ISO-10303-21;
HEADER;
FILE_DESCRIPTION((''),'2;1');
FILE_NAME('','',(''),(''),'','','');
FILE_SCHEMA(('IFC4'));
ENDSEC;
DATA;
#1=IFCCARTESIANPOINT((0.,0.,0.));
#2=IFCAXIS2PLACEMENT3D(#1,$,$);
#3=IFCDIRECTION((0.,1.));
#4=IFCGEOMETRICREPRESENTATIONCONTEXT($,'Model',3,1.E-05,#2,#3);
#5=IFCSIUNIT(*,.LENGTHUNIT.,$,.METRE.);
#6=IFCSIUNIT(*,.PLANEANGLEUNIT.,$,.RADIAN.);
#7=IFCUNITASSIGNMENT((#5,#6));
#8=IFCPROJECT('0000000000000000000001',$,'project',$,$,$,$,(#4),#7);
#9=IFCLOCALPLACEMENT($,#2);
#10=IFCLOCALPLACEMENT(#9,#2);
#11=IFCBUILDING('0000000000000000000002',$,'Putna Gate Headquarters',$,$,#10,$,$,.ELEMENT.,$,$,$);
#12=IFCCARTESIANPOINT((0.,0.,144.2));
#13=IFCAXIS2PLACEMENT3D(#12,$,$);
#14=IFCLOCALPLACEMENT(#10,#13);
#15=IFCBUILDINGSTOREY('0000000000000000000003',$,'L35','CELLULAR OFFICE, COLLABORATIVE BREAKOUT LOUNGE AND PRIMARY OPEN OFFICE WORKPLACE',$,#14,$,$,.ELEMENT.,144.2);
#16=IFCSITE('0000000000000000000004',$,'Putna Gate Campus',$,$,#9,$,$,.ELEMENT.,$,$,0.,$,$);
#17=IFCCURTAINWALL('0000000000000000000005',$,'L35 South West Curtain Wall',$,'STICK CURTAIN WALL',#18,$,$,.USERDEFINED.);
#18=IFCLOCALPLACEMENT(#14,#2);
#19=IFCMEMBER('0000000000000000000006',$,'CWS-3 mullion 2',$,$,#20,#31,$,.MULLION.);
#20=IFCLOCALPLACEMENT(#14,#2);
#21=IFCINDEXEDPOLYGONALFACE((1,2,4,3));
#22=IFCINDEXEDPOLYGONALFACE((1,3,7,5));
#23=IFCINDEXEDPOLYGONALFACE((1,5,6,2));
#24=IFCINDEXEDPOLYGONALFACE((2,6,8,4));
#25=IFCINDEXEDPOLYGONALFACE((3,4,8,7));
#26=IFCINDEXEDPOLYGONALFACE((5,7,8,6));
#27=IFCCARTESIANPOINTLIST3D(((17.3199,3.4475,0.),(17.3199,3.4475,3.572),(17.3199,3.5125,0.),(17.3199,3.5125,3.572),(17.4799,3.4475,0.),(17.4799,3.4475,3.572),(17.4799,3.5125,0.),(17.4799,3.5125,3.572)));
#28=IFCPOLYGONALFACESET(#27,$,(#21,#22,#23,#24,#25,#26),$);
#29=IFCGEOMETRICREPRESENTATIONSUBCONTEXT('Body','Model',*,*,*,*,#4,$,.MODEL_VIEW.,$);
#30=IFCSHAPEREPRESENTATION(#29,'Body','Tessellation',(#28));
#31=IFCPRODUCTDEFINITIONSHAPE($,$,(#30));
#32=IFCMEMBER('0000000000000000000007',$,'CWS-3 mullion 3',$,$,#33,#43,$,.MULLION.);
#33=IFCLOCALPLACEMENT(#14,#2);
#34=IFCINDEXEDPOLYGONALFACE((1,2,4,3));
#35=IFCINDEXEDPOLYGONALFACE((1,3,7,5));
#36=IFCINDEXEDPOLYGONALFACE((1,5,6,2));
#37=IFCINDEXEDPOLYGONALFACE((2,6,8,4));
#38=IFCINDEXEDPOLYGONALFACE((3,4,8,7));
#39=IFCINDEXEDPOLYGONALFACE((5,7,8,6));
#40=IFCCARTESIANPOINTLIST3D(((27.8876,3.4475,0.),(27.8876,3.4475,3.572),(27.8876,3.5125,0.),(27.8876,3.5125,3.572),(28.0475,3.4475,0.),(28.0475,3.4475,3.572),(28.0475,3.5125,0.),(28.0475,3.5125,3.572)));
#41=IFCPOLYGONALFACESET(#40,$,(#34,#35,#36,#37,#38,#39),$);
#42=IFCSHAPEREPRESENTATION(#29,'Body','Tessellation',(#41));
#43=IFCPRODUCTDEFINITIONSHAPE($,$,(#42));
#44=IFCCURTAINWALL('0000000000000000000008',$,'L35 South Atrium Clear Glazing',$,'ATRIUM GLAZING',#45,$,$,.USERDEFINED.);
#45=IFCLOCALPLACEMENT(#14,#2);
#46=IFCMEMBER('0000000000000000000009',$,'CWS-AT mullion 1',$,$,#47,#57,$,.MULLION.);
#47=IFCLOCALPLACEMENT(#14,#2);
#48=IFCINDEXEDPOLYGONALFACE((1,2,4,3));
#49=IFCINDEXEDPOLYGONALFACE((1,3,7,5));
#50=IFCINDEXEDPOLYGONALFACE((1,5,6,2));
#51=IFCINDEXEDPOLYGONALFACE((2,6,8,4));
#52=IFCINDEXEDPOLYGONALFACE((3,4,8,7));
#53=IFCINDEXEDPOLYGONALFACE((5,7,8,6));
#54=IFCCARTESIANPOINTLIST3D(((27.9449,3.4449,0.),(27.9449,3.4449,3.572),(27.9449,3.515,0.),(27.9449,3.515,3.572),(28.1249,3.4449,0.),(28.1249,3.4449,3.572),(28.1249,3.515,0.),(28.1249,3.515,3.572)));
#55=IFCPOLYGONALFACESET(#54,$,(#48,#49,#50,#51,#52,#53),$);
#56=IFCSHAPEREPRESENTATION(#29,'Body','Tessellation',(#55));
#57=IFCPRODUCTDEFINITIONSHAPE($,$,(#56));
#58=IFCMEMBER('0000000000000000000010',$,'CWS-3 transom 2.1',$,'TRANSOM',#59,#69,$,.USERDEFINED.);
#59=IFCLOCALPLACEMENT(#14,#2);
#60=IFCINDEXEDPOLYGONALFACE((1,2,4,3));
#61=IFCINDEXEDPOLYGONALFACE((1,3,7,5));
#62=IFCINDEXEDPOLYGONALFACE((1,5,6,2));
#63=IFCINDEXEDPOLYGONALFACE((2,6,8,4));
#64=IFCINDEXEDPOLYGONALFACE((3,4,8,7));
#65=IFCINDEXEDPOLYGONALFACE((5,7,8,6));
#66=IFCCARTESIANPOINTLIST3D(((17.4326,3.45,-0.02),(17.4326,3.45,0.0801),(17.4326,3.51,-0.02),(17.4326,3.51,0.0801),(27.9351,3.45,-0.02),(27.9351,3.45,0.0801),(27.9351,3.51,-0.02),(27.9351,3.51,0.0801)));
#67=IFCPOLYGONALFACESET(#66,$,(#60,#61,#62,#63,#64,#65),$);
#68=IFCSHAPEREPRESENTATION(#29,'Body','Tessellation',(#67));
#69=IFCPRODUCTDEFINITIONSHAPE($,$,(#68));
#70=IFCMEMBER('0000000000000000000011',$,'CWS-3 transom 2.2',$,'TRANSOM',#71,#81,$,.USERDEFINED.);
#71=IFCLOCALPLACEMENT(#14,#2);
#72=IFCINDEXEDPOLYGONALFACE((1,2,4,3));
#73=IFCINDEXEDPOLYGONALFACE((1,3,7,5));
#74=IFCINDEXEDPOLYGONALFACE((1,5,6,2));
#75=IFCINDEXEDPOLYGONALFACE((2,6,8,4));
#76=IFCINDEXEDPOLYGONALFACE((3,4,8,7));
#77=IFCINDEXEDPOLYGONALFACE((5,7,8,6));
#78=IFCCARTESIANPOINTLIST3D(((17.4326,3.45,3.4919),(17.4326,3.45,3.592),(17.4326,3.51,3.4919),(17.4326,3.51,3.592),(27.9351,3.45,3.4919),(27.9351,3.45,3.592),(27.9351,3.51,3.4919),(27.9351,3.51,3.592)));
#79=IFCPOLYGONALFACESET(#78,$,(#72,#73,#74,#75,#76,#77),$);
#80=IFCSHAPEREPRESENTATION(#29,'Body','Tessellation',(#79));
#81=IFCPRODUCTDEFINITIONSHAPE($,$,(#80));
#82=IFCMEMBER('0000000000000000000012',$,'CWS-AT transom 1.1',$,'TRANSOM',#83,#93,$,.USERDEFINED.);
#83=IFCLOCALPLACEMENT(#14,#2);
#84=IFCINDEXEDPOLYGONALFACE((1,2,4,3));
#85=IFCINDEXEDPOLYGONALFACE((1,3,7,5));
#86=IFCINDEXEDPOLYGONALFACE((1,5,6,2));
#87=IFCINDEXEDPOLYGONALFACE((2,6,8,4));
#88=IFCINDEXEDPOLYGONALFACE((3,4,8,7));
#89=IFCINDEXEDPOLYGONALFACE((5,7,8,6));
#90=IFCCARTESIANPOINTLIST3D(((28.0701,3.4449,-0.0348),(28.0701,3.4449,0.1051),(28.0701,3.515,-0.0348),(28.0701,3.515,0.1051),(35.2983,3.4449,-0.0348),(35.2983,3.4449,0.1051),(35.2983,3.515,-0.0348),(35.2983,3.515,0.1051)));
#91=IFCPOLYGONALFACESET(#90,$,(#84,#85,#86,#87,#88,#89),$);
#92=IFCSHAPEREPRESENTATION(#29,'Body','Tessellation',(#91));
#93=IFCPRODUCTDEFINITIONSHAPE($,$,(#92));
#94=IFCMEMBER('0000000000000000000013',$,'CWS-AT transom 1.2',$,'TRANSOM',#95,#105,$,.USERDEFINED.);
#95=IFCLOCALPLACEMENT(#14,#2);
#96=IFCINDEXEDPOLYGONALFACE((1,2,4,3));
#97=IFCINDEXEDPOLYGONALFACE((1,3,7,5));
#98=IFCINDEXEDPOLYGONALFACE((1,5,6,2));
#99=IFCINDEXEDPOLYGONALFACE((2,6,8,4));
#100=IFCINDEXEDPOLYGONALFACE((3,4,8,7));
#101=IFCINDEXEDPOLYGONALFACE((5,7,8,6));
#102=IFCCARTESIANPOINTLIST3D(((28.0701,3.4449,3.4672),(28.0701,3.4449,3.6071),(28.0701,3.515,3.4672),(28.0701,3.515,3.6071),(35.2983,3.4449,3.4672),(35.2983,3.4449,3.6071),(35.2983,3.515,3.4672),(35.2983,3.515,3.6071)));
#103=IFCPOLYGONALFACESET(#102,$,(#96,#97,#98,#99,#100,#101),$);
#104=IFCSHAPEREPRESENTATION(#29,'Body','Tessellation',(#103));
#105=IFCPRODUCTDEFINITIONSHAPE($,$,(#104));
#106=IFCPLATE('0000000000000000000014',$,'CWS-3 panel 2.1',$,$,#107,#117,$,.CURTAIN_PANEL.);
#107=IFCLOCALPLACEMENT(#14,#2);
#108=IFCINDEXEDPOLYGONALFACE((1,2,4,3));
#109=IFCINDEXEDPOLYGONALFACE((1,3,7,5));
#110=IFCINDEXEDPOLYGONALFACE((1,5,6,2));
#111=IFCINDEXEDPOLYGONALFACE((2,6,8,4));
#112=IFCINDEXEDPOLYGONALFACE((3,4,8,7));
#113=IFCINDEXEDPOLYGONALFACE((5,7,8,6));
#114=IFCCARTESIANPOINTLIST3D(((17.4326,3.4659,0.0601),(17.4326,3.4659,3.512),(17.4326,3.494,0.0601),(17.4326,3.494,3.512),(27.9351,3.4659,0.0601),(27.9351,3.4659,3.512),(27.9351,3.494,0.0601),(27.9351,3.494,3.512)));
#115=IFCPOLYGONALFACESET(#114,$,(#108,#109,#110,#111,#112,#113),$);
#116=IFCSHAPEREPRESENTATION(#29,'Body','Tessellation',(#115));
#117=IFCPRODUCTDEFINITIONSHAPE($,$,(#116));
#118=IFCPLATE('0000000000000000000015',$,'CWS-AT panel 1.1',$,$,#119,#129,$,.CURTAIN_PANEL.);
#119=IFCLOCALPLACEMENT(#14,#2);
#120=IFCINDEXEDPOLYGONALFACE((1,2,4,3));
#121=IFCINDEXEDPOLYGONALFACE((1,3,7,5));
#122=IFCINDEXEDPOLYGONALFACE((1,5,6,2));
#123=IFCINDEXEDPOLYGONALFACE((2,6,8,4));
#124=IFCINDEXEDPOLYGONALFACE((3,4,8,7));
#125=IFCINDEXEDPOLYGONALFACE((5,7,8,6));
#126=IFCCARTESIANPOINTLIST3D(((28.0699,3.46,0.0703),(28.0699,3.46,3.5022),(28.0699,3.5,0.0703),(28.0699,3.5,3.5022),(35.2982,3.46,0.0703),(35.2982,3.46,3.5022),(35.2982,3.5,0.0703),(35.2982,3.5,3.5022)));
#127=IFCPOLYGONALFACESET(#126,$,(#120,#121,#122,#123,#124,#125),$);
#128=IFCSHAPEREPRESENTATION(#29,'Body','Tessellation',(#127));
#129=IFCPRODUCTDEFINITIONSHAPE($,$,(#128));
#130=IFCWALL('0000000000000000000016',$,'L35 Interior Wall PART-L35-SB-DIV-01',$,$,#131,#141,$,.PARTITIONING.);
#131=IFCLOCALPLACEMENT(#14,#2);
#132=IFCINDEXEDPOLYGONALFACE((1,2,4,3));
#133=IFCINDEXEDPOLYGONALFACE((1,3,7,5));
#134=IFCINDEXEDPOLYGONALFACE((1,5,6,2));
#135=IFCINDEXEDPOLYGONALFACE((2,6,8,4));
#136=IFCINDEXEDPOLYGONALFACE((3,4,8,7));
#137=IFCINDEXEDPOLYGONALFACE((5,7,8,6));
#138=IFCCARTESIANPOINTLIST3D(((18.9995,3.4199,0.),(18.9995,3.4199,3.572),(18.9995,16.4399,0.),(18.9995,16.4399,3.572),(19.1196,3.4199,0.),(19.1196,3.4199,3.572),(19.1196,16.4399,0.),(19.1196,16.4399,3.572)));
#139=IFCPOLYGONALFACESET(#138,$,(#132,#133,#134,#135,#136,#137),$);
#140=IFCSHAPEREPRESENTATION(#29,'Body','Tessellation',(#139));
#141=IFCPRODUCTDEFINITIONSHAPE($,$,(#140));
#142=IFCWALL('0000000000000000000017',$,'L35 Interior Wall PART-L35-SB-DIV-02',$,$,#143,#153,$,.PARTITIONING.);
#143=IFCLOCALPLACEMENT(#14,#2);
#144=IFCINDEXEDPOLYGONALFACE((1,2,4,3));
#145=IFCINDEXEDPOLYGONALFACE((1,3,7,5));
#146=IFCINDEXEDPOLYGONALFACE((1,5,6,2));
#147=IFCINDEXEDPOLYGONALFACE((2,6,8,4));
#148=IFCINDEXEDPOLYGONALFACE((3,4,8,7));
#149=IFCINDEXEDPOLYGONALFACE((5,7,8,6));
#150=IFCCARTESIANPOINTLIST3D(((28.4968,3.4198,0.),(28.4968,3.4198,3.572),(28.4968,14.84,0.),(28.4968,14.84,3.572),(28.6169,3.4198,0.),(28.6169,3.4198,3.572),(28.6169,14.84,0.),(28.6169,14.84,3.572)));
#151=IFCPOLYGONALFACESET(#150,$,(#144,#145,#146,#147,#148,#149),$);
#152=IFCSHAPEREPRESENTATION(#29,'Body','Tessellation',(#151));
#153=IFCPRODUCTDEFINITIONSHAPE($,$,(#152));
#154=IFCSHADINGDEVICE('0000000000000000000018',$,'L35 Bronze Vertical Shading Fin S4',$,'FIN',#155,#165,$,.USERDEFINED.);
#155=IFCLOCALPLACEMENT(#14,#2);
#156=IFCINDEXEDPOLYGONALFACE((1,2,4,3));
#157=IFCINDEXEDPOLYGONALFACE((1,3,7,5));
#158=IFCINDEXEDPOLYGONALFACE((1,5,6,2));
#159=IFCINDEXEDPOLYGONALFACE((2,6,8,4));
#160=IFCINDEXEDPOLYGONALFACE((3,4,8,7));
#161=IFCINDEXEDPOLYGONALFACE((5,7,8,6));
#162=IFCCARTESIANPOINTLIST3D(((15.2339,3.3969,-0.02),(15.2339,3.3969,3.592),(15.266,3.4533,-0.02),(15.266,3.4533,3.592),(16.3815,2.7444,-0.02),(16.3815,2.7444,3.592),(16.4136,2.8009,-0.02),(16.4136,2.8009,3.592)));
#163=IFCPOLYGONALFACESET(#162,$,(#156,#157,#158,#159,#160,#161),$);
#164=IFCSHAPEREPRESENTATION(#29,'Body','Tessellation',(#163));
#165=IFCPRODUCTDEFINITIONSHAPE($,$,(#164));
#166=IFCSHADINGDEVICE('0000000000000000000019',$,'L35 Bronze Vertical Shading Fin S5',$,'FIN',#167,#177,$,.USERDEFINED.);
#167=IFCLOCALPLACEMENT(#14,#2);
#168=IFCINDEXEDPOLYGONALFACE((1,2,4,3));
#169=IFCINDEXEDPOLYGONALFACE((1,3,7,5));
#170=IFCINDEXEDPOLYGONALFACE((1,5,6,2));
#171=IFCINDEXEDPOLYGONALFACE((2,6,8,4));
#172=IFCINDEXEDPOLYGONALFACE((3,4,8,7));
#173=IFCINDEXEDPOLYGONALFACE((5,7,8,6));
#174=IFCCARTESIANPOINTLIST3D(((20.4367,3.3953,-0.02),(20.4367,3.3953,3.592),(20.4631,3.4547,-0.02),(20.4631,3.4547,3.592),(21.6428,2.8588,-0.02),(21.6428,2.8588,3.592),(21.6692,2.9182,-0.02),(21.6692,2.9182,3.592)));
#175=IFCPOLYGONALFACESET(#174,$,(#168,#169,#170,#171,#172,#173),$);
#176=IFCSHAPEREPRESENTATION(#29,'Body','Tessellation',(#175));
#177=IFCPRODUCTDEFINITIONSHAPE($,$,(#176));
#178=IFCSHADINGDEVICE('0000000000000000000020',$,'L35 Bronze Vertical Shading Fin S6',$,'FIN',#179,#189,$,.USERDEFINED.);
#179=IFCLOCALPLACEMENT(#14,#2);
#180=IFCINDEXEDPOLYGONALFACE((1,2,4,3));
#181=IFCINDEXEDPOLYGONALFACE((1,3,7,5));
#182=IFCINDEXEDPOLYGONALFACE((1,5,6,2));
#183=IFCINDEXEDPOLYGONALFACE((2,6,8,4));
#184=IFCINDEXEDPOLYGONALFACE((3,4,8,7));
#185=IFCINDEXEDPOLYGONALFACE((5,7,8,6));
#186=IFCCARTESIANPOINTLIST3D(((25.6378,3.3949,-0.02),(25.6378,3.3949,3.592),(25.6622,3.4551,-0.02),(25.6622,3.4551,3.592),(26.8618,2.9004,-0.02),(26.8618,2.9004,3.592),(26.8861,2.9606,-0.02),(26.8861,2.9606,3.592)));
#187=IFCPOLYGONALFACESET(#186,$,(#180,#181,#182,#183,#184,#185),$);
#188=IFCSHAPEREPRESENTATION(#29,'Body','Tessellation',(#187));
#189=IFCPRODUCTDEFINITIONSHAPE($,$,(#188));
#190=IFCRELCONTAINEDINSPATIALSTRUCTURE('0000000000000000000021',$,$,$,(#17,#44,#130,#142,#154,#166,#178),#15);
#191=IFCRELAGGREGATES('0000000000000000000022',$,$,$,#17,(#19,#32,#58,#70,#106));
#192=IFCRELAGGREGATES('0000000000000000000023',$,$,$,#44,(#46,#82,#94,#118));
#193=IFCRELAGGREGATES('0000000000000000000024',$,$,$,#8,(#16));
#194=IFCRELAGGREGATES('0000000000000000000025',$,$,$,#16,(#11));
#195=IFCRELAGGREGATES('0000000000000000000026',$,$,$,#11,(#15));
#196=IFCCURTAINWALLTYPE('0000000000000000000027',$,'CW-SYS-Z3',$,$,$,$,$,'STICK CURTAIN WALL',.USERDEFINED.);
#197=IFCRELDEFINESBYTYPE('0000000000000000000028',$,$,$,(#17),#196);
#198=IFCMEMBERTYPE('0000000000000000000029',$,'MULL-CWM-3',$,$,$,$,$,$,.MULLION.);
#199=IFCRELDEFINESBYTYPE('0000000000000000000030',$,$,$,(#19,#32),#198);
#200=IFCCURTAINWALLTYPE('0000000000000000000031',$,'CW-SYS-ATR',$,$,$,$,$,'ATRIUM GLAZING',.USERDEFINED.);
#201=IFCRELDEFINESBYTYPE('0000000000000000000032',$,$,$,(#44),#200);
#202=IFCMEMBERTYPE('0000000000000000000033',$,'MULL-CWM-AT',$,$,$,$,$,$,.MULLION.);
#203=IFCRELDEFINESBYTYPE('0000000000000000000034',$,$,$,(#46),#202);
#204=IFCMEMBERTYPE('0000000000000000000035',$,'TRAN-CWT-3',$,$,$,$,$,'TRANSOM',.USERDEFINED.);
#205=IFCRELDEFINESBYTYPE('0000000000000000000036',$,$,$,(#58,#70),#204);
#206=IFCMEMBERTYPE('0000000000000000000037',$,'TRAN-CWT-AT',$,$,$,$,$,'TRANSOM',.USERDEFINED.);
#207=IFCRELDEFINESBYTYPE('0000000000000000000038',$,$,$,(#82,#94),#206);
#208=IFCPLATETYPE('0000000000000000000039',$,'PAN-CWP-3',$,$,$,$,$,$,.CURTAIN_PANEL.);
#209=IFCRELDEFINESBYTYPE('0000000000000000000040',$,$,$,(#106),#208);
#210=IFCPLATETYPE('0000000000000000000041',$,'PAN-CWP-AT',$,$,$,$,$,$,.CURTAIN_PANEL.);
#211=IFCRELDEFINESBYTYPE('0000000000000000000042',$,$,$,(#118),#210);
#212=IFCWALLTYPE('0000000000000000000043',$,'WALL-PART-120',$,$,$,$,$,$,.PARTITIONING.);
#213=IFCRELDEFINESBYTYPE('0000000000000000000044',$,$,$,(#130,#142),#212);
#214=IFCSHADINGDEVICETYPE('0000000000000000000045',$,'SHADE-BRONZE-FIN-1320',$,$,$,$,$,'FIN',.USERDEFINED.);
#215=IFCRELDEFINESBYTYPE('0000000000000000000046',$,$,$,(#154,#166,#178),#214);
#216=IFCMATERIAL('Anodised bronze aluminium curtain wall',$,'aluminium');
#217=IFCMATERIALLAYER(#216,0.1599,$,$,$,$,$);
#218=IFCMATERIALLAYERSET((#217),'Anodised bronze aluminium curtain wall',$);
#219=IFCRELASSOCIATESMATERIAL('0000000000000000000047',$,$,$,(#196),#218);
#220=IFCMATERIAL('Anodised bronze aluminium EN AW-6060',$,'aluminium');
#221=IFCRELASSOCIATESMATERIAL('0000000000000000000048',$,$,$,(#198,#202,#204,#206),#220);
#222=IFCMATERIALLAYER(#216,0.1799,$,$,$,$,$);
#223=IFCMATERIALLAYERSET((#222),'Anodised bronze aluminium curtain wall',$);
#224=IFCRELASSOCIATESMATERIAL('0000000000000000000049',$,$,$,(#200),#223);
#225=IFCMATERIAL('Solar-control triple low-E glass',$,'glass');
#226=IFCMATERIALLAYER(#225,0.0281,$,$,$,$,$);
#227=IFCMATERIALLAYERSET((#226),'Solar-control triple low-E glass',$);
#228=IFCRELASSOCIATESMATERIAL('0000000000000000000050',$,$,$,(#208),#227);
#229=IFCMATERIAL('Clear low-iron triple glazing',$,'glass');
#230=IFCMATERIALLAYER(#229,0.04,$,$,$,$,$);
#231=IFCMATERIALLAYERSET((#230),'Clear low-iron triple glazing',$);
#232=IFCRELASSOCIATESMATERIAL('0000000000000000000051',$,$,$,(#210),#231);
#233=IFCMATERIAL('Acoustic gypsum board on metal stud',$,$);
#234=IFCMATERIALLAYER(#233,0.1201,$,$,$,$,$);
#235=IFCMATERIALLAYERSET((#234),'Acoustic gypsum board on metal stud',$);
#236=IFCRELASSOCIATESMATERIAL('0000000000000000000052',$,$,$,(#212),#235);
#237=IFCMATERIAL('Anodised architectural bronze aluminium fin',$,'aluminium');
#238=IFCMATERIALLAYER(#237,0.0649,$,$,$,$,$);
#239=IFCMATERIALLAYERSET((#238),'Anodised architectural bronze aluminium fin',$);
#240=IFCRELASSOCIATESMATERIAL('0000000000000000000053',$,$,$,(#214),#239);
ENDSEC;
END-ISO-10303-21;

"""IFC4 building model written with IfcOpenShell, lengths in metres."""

from ifc_helpers import new_model, si_unit, direction, frame, frame_2d, origin, origin_2d, place, context, subcontext, project, spatial, rectangle, extrude, material, layer, layer_set, material_profile, profile_set, type_object, element, aggregate, save


model = new_model("IFC4")

# Units and contexts
model_context = context("Model", 3, precision=1e-05, world=origin(), true_north=direction((0.0, 1.0)))
body_context = subcontext(model_context, "Body", "Model", "MODEL_VIEW")
ifc_project = project(units=[si_unit("LENGTHUNIT", "METRE"), si_unit("PLANEANGLEUNIT", "RADIAN")], contexts=[model_context])

# Site, building, storey
site_placement = place(None, origin())
site = spatial("IfcSite", under=ifc_project, at=site_placement, Name="Putna Gate Campus", CompositionType="ELEMENT", RefElevation=0.0)
building_placement = place(site_placement, origin())
building = spatial("IfcBuilding", under=site, at=building_placement, Name="Putna Gate Headquarters", CompositionType="ELEMENT")
storey_placement = place(building_placement, frame((0.0, 0.0, 144.2)))
storey = spatial("IfcBuildingStorey", under=building, at=storey_placement, Name="L35", Description="CELLULAR OFFICE, COLLABORATIVE BREAKOUT LOUNGE AND PRIMARY OPEN OFFICE WORKPLACE", CompositionType="ELEMENT", Elevation=144.2)

# Curtain wall, members
ifc_material_1 = material(Name="Anodised bronze aluminium curtain wall", Category="aluminium")
ifc_layer_1 = layer(ifc_material_1, 0.1599)
ifc_layer_set_1 = layer_set([ifc_layer_1], Name="Anodised bronze aluminium curtain wall")
curtain_wall_type_1 = type_object("IfcCurtainWallType", Name="CW-SYS-Z3", ElementType="STICK CURTAIN WALL", PredefinedType="USERDEFINED", material=ifc_layer_set_1)
curtain_wall_1_placement = place(storey_placement, origin())
curtain_wall_1 = element("IfcCurtainWall", 1, at=curtain_wall_1_placement, inside=storey, type_object=curtain_wall_type_1, Name="L35 South West Curtain Wall", ObjectType="STICK CURTAIN WALL", PredefinedType="USERDEFINED")
ifc_material_2 = material(Name="Anodised bronze aluminium EN AW-6060", Category="aluminium")
ifc_material_profile_1 = material_profile(ifc_material_2, rectangle(XDim=0.0649, YDim=0.1599, at=origin_2d()), Name="Anodised bronze aluminium EN AW-6060")
ifc_profile_set_1 = profile_set([ifc_material_profile_1], Name="Anodised bronze aluminium EN AW-6060")
member_type_1 = type_object("IfcMemberType", Name="MULL-CWM-3", PredefinedType="MULLION", material=ifc_profile_set_1)
member_1_placement = place(storey_placement, frame((17.3999, 3.48, 0.0), z_axis=(0.0, 0.0, 1.0), x_axis=(0.0, 1.0, 0.0)))
member_1 = element("IfcMember", 2, at=member_1_placement, type_object=member_type_1, Name="CWS-3 mullion 2", PredefinedType="MULLION", context=body_context, shape_type="SweptSolid", body=[
    extrude(rectangle(XDim=0.0649, YDim=0.1599, at=origin_2d()), origin(), (0.0, 0.0, 1.0), 3.572),
])
member_2_placement = place(storey_placement, frame((27.9675, 3.48, 0.0), z_axis=(0.0, 0.0, 1.0), x_axis=(0.0, 1.0, 0.0)))
member_2 = element("IfcMember", 3, at=member_2_placement, type_object=member_type_1, Name="CWS-3 mullion 3", PredefinedType="MULLION", context=body_context, shape_type="SweptSolid", body=[
    extrude(rectangle(XDim=0.0649, YDim=0.1599, at=origin_2d()), origin(), (0.0, 0.0, 1.0), 3.572),
])

# Curtain wall, member
ifc_layer_2 = layer(ifc_material_1, 0.1799)
ifc_layer_set_2 = layer_set([ifc_layer_2], Name="Anodised bronze aluminium curtain wall")
curtain_wall_type_2 = type_object("IfcCurtainWallType", Name="CW-SYS-ATR", ElementType="ATRIUM GLAZING", PredefinedType="USERDEFINED", material=ifc_layer_set_2)
curtain_wall_2_placement = place(storey_placement, origin())
curtain_wall_2 = element("IfcCurtainWall", 4, at=curtain_wall_2_placement, inside=storey, type_object=curtain_wall_type_2, Name="L35 South Atrium Clear Glazing", ObjectType="ATRIUM GLAZING", PredefinedType="USERDEFINED")
ifc_material_profile_2 = material_profile(ifc_material_2, rectangle(XDim=0.0701, YDim=0.1799, at=origin_2d()), Name="Anodised bronze aluminium EN AW-6060")
ifc_profile_set_2 = profile_set([ifc_material_profile_2], Name="Anodised bronze aluminium EN AW-6060")
member_type_2 = type_object("IfcMemberType", Name="MULL-CWM-AT", PredefinedType="MULLION", material=ifc_profile_set_2)
member_3_placement = place(storey_placement, frame((28.0349, 3.48, 0.0), z_axis=(0.0, 0.0, 1.0), x_axis=(0.0, 1.0, 0.0)))
member_3 = element("IfcMember", 5, at=member_3_placement, type_object=member_type_2, Name="CWS-AT mullion 1", PredefinedType="MULLION", context=body_context, shape_type="SweptSolid", body=[
    extrude(rectangle(XDim=0.0701, YDim=0.1799, at=origin_2d()), origin(), (0.0, 0.0, 1.0), 3.572),
])

# Members
ifc_material_profile_3 = material_profile(ifc_material_2, rectangle(XDim=0.0601, YDim=0.1001, at=origin_2d()), Name="Anodised bronze aluminium EN AW-6060")
ifc_profile_set_3 = profile_set([ifc_material_profile_3], Name="Anodised bronze aluminium EN AW-6060")
member_type_3 = type_object("IfcMemberType", Name="TRAN-CWT-3", ElementType="TRANSOM", PredefinedType="USERDEFINED", material=ifc_profile_set_3)
member_4_placement = place(storey_placement, frame((17.4326, 3.48, 0.03), z_axis=(1.0, 0.0, 0.0), x_axis=(0.0, 1.0, 0.0)))
member_4 = element("IfcMember", 6, at=member_4_placement, type_object=member_type_3, Name="CWS-3 transom 2.1", ObjectType="TRANSOM", PredefinedType="USERDEFINED", context=body_context, shape_type="SweptSolid", body=[
    extrude(rectangle(XDim=0.0601, YDim=0.1001, at=origin_2d()), origin(), (0.0, 0.0, 1.0), 10.5024),
])
member_5_placement = place(storey_placement, frame((17.4326, 3.48, 3.542), z_axis=(1.0, 0.0, 0.0), x_axis=(0.0, 1.0, 0.0)))
member_5 = element("IfcMember", 7, at=member_5_placement, type_object=member_type_3, Name="CWS-3 transom 2.2", ObjectType="TRANSOM", PredefinedType="USERDEFINED", context=body_context, shape_type="SweptSolid", body=[
    extrude(rectangle(XDim=0.0601, YDim=0.1001, at=origin_2d()), origin(), (0.0, 0.0, 1.0), 10.5024),
])
ifc_material_profile_4 = material_profile(ifc_material_2, rectangle(XDim=0.0701, YDim=0.1399, at=origin_2d()), Name="Anodised bronze aluminium EN AW-6060")
ifc_profile_set_4 = profile_set([ifc_material_profile_4], Name="Anodised bronze aluminium EN AW-6060")
member_type_4 = type_object("IfcMemberType", Name="TRAN-CWT-AT", ElementType="TRANSOM", PredefinedType="USERDEFINED", material=ifc_profile_set_4)
member_6_placement = place(storey_placement, frame((28.0701, 3.48, 0.0352), z_axis=(1.0, 0.0, 0.0), x_axis=(0.0, 1.0, 0.0)))
member_6 = element("IfcMember", 8, at=member_6_placement, type_object=member_type_4, Name="CWS-AT transom 1.1", ObjectType="TRANSOM", PredefinedType="USERDEFINED", context=body_context, shape_type="SweptSolid", body=[
    extrude(rectangle(XDim=0.0701, YDim=0.1399, at=origin_2d()), origin(), (0.0, 0.0, 1.0), 7.2283),
])
member_7_placement = place(storey_placement, frame((28.0701, 3.48, 3.5371), z_axis=(1.0, 0.0, 0.0), x_axis=(0.0, 1.0, 0.0)))
member_7 = element("IfcMember", 9, at=member_7_placement, type_object=member_type_4, Name="CWS-AT transom 1.2", ObjectType="TRANSOM", PredefinedType="USERDEFINED", context=body_context, shape_type="SweptSolid", body=[
    extrude(rectangle(XDim=0.0701, YDim=0.1399, at=origin_2d()), origin(), (0.0, 0.0, 1.0), 7.2283),
])

# Plates
ifc_material_3 = material(Name="Solar-control triple low-E glass", Category="glass")
ifc_layer_3 = layer(ifc_material_3, 0.0281)
ifc_layer_set_3 = layer_set([ifc_layer_3], Name="Solar-control triple low-E glass")
plate_type_1 = type_object("IfcPlateType", Name="PAN-CWP-3", PredefinedType="CURTAIN_PANEL", material=ifc_layer_set_3)
plate_1_placement = place(storey_placement, frame((22.6838, 3.48, 0.0601), z_axis=(0.0, 0.0, 1.0), x_axis=(1.0, 0.0, 0.0)))
plate_1 = element("IfcPlate", 10, at=plate_1_placement, type_object=plate_type_1, Name="CWS-3 panel 2.1", PredefinedType="CURTAIN_PANEL", context=body_context, shape_type="SweptSolid", body=[
    extrude(rectangle(XDim=10.5024, YDim=0.0281, at=origin_2d()), origin(), (0.0, 0.0, 1.0), 3.4519),
])
aggregate(curtain_wall_1, [member_1, member_2, member_4, member_5, plate_1])
ifc_material_4 = material(Name="Clear low-iron triple glazing", Category="glass")
ifc_layer_4 = layer(ifc_material_4, 0.04)
ifc_layer_set_4 = layer_set([ifc_layer_4], Name="Clear low-iron triple glazing")
plate_type_2 = type_object("IfcPlateType", Name="PAN-CWP-AT", PredefinedType="CURTAIN_PANEL", material=ifc_layer_set_4)
plate_2_placement = place(storey_placement, frame((31.6841, 3.48, 0.0703), z_axis=(0.0, 0.0, 1.0), x_axis=(1.0, 0.0, 0.0)))
plate_2 = element("IfcPlate", 11, at=plate_2_placement, type_object=plate_type_2, Name="CWS-AT panel 1.1", PredefinedType="CURTAIN_PANEL", context=body_context, shape_type="SweptSolid", body=[
    extrude(rectangle(XDim=7.2283, YDim=0.04, at=origin_2d()), origin(), (0.0, 0.0, 1.0), 3.4319),
])
aggregate(curtain_wall_2, [member_3, member_6, member_7, plate_2])

# Walls
ifc_material_5 = material(Name="Acoustic gypsum board on metal stud")
ifc_layer_5 = layer(ifc_material_5, 0.1201)
ifc_layer_set_5 = layer_set([ifc_layer_5], Name="Acoustic gypsum board on metal stud")
wall_type = type_object("IfcWallType", Name="WALL-PART-120", PredefinedType="PARTITIONING", material=ifc_layer_set_5)
wall_1_placement = place(storey_placement, frame((19.0596, 3.4199, 0.0), z_axis=(0.0, 0.0, 1.0), x_axis=(0.0, 1.0, 0.0)))
element("IfcWall", 12, at=wall_1_placement, inside=storey, type_object=wall_type, Name="L35 Interior Wall PART-L35-SB-DIV-01", PredefinedType="PARTITIONING", context=body_context, shape_type="SweptSolid", body=[
    extrude(rectangle(XDim=13.02, YDim=0.1201, at=frame_2d((6.51, 0.0))), origin(), (0.0, 0.0, 1.0), 3.572),
])
wall_2_placement = place(storey_placement, frame((28.5569, 3.4199, 0.0), z_axis=(0.0, 0.0, 1.0), x_axis=(0.0, 1.0, 0.0)))
element("IfcWall", 13, at=wall_2_placement, inside=storey, type_object=wall_type, Name="L35 Interior Wall PART-L35-SB-DIV-02", PredefinedType="PARTITIONING", context=body_context, shape_type="SweptSolid", body=[
    extrude(rectangle(XDim=11.4202, YDim=0.1201, at=frame_2d((5.71, 0.0))), origin(), (0.0, 0.0, 1.0), 3.572),
])

# Shading devices
ifc_material_6 = material(Name="Anodised architectural bronze aluminium fin", Category="aluminium")
ifc_layer_6 = layer(ifc_material_6, 0.0649)
ifc_layer_set_6 = layer_set([ifc_layer_6], Name="Anodised architectural bronze aluminium fin")
shading_device_type = type_object("IfcShadingDeviceType", Name="SHADE-BRONZE-FIN-1320", ElementType="FIN", PredefinedType="USERDEFINED", material=ifc_layer_set_6)
for number, where, z_axis, x_axis, name in (
    (14, (15.8237, 3.0989, -0.02), (0.0, 0.0, 1.0), (0.869322, -0.494245, 0.0), "L35 Bronze Vertical Shading Fin S4"),
    (15, (21.053, 3.1567, -0.02), (0.0, 0.0, 1.0), (0.913687, -0.406418, 0.0), "L35 Bronze Vertical Shading Fin S5"),
    (16, (26.262, 3.1777, -0.02), (0.0, 0.0, 1.0), (0.927184, -0.374607, 0.0), "L35 Bronze Vertical Shading Fin S6"),
):
    element("IfcShadingDevice", number, at=place(storey_placement, frame(where, z_axis=z_axis, x_axis=x_axis)), inside=storey, type_object=shading_device_type, Name=name, ObjectType="FIN", PredefinedType="USERDEFINED", context=body_context, shape_type="SweptSolid", body=[
        extrude(rectangle(XDim=1.3201, YDim=0.0649, at=origin_2d()), origin(), (0.0, 0.0, 1.0), 3.6121),
    ])

save(model, "model.ifc")
